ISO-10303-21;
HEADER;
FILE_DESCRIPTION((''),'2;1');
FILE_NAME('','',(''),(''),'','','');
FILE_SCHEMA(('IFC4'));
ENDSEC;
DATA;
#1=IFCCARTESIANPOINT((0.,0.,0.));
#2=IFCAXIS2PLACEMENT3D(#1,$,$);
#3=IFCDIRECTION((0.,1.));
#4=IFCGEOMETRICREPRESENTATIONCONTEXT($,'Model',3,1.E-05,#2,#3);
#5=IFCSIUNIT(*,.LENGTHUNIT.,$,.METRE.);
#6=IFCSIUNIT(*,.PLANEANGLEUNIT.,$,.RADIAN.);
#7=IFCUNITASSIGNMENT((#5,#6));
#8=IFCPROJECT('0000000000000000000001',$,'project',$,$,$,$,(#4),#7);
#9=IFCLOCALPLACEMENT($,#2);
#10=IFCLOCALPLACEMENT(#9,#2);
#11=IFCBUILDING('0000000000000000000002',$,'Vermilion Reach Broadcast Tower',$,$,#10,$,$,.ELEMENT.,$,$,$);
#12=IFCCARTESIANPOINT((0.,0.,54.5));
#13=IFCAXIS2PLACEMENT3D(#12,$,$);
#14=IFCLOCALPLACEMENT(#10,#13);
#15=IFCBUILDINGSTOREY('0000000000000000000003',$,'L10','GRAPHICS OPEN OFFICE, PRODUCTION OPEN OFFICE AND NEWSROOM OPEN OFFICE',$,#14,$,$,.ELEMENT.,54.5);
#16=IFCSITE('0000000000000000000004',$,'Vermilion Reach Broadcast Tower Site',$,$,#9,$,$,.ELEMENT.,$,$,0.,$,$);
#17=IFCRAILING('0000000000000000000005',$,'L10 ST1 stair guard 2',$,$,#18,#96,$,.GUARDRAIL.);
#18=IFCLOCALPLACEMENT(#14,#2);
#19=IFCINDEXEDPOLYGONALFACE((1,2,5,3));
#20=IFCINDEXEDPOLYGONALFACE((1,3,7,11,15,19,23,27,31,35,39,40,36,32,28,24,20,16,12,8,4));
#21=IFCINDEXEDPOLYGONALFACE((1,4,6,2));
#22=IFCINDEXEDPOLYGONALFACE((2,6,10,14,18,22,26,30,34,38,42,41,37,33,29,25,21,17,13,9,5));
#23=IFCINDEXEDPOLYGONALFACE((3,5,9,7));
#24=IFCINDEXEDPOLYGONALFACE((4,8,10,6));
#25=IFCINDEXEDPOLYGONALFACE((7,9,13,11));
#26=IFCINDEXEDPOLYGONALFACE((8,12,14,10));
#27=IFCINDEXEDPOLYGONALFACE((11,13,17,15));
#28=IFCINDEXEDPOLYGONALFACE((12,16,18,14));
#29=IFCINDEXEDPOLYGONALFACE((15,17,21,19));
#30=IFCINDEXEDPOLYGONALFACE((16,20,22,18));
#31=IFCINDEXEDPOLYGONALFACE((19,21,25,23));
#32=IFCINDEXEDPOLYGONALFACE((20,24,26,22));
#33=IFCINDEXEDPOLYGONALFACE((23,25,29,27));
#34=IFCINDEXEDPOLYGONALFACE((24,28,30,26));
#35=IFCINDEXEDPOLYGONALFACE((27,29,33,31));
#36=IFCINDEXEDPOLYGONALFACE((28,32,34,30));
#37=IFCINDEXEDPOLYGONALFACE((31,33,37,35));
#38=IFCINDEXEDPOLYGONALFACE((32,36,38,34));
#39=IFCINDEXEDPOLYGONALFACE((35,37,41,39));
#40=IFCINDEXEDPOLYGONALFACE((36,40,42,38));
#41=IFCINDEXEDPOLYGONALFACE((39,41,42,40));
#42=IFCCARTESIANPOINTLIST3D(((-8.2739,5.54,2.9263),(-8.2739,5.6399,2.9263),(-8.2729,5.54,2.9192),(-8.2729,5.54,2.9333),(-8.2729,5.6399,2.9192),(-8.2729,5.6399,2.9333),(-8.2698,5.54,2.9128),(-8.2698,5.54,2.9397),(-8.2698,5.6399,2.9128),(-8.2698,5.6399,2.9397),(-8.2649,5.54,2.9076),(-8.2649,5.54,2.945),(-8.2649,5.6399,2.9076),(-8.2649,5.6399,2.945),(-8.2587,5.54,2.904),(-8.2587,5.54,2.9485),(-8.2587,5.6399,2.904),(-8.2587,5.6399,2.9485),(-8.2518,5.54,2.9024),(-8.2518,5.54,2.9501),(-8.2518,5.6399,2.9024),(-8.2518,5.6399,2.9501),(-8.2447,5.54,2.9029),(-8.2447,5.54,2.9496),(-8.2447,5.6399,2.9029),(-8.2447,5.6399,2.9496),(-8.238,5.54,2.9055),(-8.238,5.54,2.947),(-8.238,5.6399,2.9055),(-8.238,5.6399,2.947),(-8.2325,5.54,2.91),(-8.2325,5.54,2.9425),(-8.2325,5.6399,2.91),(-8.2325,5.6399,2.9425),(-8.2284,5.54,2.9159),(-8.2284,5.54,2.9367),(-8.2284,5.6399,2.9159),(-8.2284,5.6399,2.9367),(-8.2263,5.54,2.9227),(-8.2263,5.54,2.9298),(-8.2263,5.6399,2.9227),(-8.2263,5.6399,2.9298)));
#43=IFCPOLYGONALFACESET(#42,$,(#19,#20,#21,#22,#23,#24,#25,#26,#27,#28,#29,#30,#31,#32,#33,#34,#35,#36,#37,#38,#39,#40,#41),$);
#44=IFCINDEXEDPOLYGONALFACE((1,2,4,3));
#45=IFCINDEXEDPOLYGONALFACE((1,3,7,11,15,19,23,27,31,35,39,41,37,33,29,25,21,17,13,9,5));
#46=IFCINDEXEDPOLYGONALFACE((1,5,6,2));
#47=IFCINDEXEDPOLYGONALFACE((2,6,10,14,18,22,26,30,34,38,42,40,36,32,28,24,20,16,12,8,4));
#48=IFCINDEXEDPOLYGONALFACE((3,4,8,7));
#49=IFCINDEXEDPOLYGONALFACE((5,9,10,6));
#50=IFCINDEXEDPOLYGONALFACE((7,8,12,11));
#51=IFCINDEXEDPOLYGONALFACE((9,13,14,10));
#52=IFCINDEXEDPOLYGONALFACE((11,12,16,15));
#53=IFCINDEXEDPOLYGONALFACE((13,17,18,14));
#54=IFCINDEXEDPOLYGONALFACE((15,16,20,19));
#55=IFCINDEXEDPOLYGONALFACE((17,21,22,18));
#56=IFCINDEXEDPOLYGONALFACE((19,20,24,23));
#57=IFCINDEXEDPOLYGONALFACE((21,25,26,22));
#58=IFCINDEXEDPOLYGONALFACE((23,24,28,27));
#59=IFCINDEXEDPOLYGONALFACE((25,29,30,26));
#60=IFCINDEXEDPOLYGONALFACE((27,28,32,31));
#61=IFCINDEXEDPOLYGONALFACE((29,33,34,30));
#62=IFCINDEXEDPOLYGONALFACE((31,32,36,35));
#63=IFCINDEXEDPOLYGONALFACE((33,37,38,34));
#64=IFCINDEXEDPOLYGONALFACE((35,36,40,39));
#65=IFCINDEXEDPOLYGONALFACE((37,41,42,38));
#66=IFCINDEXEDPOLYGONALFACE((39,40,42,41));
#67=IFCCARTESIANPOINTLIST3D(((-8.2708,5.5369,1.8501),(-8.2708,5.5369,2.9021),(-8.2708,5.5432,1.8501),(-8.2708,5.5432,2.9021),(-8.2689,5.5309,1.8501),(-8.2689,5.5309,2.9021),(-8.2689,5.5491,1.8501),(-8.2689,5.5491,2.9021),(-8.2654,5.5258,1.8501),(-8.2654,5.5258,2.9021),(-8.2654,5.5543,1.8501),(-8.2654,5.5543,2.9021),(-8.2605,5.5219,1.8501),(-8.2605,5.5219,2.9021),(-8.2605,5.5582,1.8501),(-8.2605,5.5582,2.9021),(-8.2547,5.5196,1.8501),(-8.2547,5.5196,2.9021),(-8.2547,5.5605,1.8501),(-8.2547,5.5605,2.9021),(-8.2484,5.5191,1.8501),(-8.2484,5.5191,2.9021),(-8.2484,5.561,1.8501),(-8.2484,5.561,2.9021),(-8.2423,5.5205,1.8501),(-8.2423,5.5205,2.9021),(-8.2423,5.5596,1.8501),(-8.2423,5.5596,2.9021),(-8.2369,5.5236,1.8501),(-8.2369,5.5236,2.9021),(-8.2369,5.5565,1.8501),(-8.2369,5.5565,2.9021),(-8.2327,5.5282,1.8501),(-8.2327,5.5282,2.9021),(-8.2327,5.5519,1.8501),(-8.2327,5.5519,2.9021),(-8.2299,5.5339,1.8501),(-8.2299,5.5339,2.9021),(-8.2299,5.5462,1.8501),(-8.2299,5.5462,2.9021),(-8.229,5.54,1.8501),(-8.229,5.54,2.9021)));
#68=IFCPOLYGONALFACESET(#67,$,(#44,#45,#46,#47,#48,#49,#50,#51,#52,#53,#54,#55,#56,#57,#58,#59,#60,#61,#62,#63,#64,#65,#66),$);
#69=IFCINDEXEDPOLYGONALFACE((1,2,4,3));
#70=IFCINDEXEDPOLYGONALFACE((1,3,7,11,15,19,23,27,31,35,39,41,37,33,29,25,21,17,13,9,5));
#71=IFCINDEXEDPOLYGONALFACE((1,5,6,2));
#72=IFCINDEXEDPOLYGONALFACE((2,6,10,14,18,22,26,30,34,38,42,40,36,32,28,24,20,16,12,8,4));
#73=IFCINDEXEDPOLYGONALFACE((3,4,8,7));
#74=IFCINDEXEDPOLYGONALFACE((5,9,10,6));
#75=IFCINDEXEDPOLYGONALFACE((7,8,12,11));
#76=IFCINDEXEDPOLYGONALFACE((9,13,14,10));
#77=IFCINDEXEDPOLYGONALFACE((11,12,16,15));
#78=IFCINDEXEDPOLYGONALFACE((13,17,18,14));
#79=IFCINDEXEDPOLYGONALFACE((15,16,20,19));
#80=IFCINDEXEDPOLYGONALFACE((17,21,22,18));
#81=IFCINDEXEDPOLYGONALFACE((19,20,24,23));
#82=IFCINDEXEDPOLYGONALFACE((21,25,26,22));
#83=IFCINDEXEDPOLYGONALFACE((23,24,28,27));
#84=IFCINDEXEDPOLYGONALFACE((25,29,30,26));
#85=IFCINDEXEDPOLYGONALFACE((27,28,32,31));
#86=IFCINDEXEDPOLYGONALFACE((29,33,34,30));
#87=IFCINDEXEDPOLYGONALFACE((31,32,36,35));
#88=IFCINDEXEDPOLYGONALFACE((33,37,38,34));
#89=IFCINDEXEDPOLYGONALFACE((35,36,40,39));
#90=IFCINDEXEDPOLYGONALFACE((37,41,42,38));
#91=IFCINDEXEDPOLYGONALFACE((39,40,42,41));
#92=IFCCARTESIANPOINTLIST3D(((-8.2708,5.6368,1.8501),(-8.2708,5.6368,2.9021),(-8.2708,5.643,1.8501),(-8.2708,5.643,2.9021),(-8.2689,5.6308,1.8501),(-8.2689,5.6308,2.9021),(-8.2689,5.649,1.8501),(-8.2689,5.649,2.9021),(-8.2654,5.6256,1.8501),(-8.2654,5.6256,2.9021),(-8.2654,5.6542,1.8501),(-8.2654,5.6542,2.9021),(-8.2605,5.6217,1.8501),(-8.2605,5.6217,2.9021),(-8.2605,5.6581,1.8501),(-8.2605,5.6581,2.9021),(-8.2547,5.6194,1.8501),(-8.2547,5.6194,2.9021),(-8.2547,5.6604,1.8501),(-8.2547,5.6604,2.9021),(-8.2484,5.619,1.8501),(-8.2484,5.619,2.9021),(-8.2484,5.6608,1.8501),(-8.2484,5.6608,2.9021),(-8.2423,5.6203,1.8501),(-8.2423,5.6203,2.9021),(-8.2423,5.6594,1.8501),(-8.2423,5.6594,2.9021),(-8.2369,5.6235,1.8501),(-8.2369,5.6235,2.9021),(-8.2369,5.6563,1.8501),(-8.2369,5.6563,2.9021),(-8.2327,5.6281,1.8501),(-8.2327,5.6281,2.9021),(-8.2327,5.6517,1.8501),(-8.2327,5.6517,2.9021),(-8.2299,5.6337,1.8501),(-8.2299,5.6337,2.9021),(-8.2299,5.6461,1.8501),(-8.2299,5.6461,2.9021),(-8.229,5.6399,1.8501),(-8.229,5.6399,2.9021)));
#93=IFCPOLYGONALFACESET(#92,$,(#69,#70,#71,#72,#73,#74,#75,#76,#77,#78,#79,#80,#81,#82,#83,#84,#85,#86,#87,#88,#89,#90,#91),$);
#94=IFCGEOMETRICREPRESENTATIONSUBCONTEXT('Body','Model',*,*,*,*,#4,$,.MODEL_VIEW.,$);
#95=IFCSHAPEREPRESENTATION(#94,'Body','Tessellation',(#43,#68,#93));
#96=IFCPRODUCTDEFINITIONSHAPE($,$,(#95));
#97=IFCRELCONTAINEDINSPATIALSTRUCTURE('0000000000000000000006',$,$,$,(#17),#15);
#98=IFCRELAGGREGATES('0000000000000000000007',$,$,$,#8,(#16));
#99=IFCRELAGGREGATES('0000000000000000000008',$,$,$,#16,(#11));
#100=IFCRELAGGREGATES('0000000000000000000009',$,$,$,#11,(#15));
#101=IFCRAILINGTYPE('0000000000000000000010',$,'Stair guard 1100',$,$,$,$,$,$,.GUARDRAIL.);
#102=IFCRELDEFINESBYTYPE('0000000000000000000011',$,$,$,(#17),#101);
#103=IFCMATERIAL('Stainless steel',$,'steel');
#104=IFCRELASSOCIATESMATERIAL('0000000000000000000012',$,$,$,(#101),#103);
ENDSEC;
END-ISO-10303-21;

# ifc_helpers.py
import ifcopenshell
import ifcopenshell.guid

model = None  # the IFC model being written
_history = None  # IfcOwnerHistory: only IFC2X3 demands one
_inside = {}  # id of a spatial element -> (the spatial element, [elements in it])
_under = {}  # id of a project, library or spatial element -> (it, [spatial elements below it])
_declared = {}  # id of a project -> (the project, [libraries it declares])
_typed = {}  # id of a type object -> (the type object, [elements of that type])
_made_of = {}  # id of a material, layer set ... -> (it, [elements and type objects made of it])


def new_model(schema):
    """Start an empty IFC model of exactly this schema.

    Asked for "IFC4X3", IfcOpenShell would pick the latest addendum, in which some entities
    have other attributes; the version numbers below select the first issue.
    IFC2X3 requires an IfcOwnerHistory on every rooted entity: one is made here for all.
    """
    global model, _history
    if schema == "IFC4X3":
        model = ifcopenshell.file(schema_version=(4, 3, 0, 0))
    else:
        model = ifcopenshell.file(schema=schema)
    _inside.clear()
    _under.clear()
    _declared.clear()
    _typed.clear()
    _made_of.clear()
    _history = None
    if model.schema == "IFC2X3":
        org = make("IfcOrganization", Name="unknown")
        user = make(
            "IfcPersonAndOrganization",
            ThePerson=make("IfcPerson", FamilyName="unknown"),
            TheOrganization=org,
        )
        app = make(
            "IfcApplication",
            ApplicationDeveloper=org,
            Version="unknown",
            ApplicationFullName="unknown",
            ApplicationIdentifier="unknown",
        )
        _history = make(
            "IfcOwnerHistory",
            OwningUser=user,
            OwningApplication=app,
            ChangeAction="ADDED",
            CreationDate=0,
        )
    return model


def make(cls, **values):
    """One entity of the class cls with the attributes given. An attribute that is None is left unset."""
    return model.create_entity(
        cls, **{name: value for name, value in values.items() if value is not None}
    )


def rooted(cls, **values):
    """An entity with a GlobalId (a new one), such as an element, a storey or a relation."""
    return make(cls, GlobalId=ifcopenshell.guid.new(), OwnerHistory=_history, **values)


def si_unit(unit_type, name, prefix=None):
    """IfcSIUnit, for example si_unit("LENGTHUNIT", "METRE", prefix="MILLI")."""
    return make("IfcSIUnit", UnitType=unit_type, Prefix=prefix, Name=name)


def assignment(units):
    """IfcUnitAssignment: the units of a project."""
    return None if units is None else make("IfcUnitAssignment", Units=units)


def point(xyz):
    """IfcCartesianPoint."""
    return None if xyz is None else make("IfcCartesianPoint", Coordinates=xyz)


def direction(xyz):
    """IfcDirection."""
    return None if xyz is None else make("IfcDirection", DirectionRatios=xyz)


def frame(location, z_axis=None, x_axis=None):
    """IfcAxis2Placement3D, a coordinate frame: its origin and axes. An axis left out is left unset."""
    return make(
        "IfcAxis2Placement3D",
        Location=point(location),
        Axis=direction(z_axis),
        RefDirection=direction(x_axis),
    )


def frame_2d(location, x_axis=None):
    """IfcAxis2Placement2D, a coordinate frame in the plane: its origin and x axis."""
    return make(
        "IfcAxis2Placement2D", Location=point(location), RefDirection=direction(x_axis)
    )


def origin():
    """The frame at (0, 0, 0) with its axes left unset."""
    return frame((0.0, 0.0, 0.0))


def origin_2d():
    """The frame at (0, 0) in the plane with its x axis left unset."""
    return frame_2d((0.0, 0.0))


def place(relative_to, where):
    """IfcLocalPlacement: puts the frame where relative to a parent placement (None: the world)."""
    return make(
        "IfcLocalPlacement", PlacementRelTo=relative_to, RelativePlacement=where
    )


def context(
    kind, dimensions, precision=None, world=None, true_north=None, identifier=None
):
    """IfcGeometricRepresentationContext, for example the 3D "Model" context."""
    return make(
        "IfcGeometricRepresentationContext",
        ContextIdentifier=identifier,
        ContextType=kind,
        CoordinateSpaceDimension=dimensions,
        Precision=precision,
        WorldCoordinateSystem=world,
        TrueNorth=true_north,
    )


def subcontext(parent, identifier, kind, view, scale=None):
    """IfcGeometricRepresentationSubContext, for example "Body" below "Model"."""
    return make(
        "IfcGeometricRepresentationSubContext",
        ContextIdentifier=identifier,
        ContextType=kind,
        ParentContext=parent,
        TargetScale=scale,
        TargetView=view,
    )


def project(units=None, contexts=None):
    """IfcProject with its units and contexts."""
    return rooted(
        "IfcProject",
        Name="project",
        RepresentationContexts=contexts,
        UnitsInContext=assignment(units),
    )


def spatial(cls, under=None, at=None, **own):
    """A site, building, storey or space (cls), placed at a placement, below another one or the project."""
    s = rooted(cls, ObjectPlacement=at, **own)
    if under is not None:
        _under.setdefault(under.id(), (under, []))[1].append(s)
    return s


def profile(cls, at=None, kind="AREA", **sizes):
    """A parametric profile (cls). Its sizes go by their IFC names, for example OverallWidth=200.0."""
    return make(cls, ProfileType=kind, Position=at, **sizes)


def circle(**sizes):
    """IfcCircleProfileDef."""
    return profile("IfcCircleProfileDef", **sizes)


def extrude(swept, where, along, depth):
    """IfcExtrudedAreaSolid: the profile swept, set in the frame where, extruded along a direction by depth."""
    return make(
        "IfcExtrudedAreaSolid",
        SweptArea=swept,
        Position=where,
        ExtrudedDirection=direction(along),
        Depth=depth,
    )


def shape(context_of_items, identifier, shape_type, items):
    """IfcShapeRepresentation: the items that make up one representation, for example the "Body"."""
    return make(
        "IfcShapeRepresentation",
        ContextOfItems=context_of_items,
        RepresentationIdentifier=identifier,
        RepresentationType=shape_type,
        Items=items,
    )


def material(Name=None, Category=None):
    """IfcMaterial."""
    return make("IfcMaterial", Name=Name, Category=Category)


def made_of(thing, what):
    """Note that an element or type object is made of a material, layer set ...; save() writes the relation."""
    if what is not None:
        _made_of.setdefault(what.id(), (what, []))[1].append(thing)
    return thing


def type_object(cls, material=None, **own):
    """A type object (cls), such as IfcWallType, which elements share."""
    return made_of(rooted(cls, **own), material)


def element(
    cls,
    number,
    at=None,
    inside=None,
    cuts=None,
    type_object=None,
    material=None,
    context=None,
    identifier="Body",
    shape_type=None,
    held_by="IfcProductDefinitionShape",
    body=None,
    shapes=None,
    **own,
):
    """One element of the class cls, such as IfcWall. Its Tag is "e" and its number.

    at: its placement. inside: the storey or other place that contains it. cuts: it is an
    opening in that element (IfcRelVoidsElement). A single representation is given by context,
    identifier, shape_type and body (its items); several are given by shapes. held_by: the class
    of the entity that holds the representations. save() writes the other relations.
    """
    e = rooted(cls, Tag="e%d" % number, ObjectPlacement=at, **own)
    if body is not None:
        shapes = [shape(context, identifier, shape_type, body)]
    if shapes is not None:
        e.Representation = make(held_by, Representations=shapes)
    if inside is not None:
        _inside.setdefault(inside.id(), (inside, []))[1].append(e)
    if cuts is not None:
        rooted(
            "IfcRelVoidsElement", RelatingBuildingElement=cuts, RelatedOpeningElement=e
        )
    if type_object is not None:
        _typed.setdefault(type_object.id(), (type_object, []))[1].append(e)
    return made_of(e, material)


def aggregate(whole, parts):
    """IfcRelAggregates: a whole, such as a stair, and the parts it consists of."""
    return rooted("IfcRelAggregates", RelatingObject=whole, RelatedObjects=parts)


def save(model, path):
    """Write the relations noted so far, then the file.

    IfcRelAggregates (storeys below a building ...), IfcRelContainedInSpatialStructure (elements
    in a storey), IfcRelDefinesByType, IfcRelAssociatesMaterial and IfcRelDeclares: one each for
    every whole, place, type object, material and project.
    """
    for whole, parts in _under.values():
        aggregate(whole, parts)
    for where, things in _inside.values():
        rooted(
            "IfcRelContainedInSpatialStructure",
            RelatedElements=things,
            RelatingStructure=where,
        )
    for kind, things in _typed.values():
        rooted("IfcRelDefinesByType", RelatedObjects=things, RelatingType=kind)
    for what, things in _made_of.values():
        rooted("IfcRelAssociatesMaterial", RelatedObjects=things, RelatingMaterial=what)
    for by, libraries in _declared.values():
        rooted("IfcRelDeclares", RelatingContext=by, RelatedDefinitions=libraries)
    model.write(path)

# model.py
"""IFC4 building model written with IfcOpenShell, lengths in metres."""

from ifc_helpers import new_model, si_unit, direction, frame, origin, origin_2d, place, context, subcontext, project, spatial, circle, extrude, material, type_object, element, save


model = new_model("IFC4")

# Units and contexts
model_context = context("Model", 3, precision=1e-05, world=origin(), true_north=direction((0.0, 1.0)))
body_context = subcontext(model_context, "Body", "Model", "MODEL_VIEW")
ifc_project = project(units=[si_unit("LENGTHUNIT", "METRE"), si_unit("PLANEANGLEUNIT", "RADIAN")], contexts=[model_context])

# Site, building, storey
site_placement = place(None, origin())
site = spatial("IfcSite", under=ifc_project, at=site_placement, Name="Vermilion Reach Broadcast Tower Site", CompositionType="ELEMENT", RefElevation=0.0)
building_placement = place(site_placement, origin())
building = spatial("IfcBuilding", under=site, at=building_placement, Name="Vermilion Reach Broadcast Tower", CompositionType="ELEMENT")
storey_placement = place(building_placement, frame((0.0, 0.0, 54.5)))
storey = spatial("IfcBuildingStorey", under=building, at=storey_placement, Name="L10", Description="GRAPHICS OPEN OFFICE, PRODUCTION OPEN OFFICE AND NEWSROOM OPEN OFFICE", CompositionType="ELEMENT", Elevation=54.5)

# Railing
ifc_material_1 = material(Name="Stainless steel", Category="steel")
railing_type_1 = type_object("IfcRailingType", Name="Stair guard 1100", PredefinedType="GUARDRAIL", material=ifc_material_1)
railing_1_placement = place(storey_placement, frame((-8.25, 5.54, 1.8501)))
element("IfcRailing", 1, at=railing_1_placement, inside=storey, type_object=railing_type_1, Name="L10 ST1 stair guard 2", PredefinedType="GUARDRAIL", context=body_context, shape_type="SweptSolid", body=[
    extrude(circle(Radius=0.0239, at=origin_2d()), frame((0.0, 0.0, 1.0762), z_axis=(0.0, 1.0, 0.0), x_axis=(-1.0, 0.0, 0.0)), (0.0, 0.0, 1.0), 0.0999),
    extrude(circle(Radius=0.021, at=origin_2d()), origin(), (0.0, 0.0, 1.0), 1.052),
    extrude(circle(Radius=0.021, at=origin_2d()), frame((0.0, 0.0999, 0.0)), (0.0, 0.0, 1.0), 1.052),
])

save(model, "model.ifc")
